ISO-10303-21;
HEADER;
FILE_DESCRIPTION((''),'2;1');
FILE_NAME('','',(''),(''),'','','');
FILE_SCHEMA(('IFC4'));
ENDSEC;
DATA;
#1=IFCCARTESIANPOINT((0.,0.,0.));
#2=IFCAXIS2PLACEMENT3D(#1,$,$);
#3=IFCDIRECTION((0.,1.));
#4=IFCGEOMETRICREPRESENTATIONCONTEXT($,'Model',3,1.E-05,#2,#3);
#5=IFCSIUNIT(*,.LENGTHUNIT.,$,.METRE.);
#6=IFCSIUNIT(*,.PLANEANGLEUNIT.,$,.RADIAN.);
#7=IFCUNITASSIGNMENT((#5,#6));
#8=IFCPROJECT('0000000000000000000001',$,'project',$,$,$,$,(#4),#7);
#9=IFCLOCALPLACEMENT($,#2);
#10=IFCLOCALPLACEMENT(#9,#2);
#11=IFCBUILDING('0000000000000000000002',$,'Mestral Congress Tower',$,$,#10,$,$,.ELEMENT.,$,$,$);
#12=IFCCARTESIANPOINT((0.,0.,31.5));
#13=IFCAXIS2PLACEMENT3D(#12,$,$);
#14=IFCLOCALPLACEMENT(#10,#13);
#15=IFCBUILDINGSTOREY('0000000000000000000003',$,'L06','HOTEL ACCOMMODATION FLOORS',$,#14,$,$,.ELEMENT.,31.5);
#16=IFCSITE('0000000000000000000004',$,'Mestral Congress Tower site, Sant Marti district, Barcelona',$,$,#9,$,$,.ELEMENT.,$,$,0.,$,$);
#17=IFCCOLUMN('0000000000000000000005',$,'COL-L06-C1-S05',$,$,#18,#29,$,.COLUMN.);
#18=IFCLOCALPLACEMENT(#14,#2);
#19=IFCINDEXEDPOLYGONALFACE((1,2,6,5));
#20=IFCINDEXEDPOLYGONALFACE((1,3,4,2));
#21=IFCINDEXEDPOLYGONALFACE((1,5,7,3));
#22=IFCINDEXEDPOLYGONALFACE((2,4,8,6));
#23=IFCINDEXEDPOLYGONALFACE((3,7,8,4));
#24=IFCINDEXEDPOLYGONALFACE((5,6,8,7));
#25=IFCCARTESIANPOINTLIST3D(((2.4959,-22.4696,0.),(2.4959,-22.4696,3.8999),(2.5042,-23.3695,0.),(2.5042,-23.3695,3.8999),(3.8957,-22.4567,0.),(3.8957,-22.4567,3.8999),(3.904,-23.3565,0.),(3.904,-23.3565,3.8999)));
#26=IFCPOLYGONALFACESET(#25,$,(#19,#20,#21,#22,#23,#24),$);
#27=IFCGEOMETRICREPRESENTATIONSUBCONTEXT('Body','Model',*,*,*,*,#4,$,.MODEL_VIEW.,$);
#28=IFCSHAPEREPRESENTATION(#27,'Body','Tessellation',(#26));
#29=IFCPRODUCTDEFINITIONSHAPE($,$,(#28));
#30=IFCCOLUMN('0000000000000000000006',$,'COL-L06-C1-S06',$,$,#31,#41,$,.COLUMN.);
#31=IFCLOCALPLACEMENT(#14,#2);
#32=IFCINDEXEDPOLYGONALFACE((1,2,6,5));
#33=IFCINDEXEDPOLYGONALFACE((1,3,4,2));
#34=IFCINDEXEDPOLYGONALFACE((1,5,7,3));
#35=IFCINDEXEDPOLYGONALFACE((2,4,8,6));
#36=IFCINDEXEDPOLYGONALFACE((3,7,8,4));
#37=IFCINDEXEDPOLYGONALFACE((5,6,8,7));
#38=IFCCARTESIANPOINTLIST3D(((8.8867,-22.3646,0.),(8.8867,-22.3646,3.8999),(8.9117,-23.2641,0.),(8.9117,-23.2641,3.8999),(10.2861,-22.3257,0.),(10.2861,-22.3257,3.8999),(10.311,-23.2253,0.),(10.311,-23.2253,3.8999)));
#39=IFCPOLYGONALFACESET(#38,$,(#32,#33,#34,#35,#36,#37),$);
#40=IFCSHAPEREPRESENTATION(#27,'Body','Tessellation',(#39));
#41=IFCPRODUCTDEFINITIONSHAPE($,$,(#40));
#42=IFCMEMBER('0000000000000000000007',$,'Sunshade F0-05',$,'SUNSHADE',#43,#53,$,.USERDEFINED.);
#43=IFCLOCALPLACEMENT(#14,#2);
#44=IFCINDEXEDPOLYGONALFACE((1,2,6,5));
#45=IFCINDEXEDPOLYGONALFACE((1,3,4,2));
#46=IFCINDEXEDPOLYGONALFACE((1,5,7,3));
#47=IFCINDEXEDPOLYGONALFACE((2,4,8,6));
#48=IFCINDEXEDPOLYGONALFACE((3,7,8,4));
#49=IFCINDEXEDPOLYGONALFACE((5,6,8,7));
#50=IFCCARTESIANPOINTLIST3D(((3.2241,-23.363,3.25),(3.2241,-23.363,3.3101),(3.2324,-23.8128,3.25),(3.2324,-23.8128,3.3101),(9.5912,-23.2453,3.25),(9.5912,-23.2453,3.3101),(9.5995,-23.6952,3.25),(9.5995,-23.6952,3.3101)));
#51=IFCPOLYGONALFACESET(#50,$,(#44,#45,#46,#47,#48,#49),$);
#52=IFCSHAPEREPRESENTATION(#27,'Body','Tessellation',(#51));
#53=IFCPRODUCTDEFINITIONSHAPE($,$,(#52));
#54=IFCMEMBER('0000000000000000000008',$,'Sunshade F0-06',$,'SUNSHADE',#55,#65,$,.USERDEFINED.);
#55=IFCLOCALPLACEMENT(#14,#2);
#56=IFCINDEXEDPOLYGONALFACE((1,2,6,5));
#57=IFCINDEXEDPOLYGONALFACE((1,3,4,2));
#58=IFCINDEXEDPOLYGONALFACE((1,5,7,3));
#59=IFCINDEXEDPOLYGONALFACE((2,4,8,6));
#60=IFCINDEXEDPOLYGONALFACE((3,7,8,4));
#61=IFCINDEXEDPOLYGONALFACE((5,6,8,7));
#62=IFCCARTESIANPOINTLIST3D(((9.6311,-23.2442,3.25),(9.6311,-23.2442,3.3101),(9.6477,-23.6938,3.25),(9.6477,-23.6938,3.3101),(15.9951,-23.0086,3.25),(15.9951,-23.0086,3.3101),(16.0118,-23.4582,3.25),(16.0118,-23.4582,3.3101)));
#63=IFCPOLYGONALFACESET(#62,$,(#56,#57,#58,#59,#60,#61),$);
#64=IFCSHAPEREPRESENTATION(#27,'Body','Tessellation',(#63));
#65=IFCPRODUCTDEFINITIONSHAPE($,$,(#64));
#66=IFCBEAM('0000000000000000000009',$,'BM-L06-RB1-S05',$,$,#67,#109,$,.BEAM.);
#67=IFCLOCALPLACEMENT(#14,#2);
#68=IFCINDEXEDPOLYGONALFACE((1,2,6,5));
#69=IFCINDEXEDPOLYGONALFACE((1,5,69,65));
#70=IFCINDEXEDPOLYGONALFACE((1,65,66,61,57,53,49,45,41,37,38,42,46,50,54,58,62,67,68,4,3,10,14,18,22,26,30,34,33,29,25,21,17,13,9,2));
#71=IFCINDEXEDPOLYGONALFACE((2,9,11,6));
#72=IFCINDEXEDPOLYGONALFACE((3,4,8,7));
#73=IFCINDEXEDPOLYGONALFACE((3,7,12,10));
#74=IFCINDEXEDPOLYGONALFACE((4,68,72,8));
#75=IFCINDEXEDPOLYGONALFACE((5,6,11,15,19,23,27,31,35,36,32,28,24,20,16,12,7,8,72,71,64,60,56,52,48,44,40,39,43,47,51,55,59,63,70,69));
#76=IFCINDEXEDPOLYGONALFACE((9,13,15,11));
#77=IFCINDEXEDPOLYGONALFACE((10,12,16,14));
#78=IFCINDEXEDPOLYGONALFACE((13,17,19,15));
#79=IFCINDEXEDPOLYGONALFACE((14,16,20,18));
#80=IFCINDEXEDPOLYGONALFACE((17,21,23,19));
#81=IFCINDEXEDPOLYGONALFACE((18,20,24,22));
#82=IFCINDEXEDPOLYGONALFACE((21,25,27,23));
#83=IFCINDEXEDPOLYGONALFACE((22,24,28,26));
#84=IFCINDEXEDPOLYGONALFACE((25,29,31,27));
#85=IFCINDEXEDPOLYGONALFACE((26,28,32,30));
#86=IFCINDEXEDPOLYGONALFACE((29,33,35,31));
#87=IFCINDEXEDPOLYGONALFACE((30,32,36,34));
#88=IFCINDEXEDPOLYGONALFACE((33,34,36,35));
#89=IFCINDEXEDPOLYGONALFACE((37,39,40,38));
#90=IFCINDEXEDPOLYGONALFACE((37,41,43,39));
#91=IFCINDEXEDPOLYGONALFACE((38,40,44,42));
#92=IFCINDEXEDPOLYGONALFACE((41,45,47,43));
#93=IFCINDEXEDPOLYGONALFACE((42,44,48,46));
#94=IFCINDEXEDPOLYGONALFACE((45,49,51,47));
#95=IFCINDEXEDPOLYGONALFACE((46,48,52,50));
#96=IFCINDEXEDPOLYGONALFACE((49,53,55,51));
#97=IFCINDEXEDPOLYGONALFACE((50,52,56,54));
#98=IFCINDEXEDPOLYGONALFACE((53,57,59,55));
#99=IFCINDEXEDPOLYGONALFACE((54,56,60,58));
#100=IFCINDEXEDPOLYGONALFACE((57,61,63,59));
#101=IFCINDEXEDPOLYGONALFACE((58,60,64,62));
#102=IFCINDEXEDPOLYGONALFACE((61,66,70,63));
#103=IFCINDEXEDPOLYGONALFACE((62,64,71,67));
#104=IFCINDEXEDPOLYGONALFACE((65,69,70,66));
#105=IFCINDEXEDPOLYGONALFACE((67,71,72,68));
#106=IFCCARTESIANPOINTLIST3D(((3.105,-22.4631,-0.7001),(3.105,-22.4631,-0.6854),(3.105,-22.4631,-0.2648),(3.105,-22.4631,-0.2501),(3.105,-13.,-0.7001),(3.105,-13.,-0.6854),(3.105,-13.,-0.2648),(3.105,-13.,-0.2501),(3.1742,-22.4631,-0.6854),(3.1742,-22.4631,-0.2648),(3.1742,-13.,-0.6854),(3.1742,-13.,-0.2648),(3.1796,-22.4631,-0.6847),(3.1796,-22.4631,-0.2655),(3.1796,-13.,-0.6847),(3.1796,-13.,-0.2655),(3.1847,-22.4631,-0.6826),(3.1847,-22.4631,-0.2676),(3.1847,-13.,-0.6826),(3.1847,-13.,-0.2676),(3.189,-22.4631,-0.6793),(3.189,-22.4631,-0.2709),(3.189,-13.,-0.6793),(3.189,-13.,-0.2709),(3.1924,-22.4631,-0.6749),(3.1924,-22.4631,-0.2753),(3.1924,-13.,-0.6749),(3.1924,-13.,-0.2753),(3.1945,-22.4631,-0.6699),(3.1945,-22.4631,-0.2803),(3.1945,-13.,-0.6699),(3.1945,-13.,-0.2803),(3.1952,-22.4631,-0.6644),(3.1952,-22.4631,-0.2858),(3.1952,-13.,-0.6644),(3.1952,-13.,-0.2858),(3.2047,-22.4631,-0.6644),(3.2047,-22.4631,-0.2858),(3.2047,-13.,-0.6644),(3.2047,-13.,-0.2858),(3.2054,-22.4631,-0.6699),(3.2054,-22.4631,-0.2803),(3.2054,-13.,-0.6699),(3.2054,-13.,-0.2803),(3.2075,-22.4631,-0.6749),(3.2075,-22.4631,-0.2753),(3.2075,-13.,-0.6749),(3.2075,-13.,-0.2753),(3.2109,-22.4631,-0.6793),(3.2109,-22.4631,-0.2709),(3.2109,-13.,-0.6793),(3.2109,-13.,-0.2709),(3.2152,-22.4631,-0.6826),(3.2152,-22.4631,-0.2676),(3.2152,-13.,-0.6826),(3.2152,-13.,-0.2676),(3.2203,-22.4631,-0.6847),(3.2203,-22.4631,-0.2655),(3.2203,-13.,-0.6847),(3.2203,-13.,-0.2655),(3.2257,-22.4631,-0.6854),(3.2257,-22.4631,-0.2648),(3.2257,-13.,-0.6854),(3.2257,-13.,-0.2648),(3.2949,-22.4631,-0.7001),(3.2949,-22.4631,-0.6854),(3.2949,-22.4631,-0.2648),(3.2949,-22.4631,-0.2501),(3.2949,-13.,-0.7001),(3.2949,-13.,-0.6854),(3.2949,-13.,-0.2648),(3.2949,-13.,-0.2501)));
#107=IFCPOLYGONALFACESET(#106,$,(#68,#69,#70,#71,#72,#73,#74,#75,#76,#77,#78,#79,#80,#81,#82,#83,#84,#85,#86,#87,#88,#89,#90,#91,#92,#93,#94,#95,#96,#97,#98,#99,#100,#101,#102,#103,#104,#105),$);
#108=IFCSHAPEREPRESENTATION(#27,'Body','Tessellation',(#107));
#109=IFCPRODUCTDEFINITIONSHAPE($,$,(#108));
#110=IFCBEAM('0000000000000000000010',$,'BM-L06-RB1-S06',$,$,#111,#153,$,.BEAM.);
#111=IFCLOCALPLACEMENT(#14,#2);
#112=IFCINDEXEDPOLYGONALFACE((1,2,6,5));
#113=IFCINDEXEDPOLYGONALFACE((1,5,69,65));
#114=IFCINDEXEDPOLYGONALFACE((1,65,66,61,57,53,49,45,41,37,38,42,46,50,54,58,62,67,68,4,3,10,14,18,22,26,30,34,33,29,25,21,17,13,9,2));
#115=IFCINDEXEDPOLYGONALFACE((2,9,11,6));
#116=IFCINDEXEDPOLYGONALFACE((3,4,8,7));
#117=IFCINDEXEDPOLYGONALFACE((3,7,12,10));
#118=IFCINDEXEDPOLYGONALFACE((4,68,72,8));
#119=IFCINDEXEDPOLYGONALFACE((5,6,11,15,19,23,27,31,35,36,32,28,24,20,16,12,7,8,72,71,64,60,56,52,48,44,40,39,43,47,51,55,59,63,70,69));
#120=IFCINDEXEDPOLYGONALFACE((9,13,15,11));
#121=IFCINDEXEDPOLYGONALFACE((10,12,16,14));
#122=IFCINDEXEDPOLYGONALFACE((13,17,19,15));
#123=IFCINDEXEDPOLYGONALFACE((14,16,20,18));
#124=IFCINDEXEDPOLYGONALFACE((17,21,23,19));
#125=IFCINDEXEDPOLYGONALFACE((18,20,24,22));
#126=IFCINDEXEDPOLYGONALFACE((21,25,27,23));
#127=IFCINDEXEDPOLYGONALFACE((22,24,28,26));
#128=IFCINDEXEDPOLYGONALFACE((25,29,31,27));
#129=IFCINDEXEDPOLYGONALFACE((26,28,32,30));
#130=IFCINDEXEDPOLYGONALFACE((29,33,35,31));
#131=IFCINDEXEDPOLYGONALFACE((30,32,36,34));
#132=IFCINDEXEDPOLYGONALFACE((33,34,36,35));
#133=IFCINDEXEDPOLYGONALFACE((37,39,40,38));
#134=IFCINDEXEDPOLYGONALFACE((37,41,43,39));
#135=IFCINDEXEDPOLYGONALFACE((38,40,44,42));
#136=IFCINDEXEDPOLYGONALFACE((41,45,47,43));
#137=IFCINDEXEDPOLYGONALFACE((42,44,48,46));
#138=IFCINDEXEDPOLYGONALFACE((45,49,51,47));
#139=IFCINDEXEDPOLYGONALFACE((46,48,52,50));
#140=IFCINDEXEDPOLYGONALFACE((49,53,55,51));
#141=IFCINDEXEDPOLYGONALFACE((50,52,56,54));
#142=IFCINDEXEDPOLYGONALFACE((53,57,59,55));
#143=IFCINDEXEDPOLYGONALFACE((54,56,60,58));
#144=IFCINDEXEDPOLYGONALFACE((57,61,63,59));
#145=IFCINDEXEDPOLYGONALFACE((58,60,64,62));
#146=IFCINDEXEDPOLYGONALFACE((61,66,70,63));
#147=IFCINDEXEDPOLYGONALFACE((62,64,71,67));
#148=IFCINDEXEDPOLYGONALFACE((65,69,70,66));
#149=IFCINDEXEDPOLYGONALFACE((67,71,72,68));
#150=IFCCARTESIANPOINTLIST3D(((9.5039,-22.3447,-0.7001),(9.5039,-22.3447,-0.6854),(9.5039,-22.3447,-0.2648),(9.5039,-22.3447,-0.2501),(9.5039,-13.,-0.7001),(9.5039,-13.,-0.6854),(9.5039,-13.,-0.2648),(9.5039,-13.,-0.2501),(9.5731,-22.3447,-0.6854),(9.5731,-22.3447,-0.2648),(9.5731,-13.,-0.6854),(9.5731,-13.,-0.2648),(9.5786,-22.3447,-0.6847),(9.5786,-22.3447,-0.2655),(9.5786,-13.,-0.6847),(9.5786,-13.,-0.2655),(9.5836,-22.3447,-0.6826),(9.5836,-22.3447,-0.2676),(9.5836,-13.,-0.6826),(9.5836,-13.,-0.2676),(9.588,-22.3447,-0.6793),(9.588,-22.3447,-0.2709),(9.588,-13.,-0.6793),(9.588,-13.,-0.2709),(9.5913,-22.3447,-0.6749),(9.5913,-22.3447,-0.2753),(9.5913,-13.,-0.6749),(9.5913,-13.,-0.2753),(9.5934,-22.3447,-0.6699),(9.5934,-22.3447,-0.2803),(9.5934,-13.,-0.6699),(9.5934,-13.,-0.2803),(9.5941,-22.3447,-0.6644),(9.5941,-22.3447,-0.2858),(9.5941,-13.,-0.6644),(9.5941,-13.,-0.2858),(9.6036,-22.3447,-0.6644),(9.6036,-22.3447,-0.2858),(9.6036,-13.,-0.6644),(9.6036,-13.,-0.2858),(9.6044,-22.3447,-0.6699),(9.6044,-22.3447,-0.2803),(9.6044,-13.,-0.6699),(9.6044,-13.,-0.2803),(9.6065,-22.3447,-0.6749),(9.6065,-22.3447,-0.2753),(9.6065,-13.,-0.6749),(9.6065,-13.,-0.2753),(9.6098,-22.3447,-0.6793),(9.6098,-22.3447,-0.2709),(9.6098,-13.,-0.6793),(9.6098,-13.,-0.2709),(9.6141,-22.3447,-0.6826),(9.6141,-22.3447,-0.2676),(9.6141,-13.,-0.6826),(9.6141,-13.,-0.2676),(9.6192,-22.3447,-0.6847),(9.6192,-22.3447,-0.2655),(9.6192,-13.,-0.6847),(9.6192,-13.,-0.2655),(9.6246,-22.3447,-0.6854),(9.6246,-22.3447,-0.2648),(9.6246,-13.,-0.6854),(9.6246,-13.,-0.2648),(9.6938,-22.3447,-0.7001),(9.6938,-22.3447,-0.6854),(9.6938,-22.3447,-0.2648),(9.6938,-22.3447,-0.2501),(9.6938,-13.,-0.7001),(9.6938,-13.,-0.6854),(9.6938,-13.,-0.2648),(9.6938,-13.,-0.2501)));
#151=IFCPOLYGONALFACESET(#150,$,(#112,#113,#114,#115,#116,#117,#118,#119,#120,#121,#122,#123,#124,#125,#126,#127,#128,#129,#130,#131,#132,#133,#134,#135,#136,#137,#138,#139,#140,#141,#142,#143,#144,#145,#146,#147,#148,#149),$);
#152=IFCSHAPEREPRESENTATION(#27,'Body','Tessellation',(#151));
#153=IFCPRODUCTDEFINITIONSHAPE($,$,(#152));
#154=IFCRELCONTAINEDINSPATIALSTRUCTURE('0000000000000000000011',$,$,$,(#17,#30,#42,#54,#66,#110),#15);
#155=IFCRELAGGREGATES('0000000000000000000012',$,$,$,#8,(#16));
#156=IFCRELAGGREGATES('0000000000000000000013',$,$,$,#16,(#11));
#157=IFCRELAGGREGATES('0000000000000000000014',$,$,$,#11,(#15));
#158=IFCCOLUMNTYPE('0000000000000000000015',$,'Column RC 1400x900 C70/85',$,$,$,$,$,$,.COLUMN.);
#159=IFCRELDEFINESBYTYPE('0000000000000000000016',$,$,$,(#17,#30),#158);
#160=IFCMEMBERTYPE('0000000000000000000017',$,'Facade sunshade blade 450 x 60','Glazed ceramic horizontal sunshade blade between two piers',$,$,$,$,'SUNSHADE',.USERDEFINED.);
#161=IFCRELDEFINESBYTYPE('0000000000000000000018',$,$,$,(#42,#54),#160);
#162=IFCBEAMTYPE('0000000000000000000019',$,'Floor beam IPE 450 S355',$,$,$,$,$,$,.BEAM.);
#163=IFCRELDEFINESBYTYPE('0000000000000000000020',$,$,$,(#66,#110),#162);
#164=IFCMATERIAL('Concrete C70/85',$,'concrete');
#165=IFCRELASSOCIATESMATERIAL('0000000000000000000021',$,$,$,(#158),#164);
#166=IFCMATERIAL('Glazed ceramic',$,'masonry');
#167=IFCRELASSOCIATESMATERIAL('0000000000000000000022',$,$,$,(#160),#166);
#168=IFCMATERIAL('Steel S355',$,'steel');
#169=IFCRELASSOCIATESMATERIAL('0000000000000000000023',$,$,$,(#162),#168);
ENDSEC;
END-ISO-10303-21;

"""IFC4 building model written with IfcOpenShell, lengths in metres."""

from ifc_helpers import new_model, si_unit, direction, frame, origin, origin_2d, place, context, subcontext, project, spatial, rectangle, i_section, extrude, material, material_profile, profile_set, type_object, element, save


model = new_model("IFC4")

# Units and contexts
model_context = context("Model", 3, precision=1e-05, world=origin(), true_north=direction((0.0, 1.0)))
body_context = subcontext(model_context, "Body", "Model", "MODEL_VIEW")
ifc_project = project(units=[si_unit("LENGTHUNIT", "METRE"), si_unit("PLANEANGLEUNIT", "RADIAN")], contexts=[model_context])

# Site, building, storey
site_placement = place(None, origin())
site = spatial("IfcSite", under=ifc_project, at=site_placement, Name="Mestral Congress Tower site, Sant Marti district, Barcelona", CompositionType="ELEMENT", RefElevation=0.0)
building_placement = place(site_placement, origin())
building = spatial("IfcBuilding", under=site, at=building_placement, Name="Mestral Congress Tower", CompositionType="ELEMENT")
storey_placement = place(building_placement, frame((0.0, 0.0, 31.5)))
storey = spatial("IfcBuildingStorey", under=building, at=storey_placement, Name="L06", Description="HOTEL ACCOMMODATION FLOORS", CompositionType="ELEMENT", Elevation=31.5)

# Columns
ifc_material_1 = material(Name="Concrete C70/85", Category="concrete")
ifc_material_profile_1 = material_profile(ifc_material_1, rectangle(XDim=1.3999, YDim=0.8999, at=origin_2d()), Name="RC 1400x900")
ifc_profile_set_1 = profile_set([ifc_material_profile_1], Name="Concrete C70/85")
column_type = type_object("IfcColumnType", Name="Column RC 1400x900 C70/85", PredefinedType="COLUMN", material=ifc_profile_set_1)
for number, where, z_axis, x_axis, name in (
    (1, (3.2, -22.9131, 0.0), (0.0, 0.0, 1.0), (0.999957, 0.009243, 0.0), "COL-L06-C1-S05"),
    (2, (9.5989, -22.7949, 0.0), (0.0, 0.0, 1.0), (0.999616, 0.027726, 0.0), "COL-L06-C1-S06"),
):
    element("IfcColumn", number, at=place(storey_placement, frame(where, z_axis=z_axis, x_axis=x_axis)), inside=storey, type_object=column_type, Name=name, PredefinedType="COLUMN", context=body_context, shape_type="SweptSolid", body=[
        extrude(rectangle(XDim=1.3999, YDim=0.8999, at=origin_2d()), origin(), (0.0, 0.0, 1.0), 3.8999),
    ])

# Members
ifc_material_2 = material(Name="Glazed ceramic", Category="masonry")
ifc_material_profile_2 = material_profile(ifc_material_2, rectangle(XDim=0.45, YDim=0.0601, at=origin_2d()), Name="Ceramic blade 450 x 60")
ifc_profile_set_2 = profile_set([ifc_material_profile_2], Name="Glazed ceramic")
member_type = type_object("IfcMemberType", Name="Facade sunshade blade 450 x 60", Description="Glazed ceramic horizontal sunshade blade between two piers", ElementType="SUNSHADE", PredefinedType="USERDEFINED", material=ifc_profile_set_2)
member_1_placement = place(storey_placement, frame((3.2283, -23.5879, 3.28), z_axis=(0.999829, 0.018478, 0.0), x_axis=(-0.018478, 0.999829, 0.0)))
element("IfcMember", 3, at=member_1_placement, inside=storey, type_object=member_type, Name="Sunshade F0-05", ObjectType="SUNSHADE", PredefinedType="USERDEFINED", context=body_context, shape_type="SweptSolid", body=[
    extrude(rectangle(XDim=0.45, YDim=0.0601, at=origin_2d()), origin(), (0.0, 0.0, 1.0), 6.3682),
])
member_2_placement = place(storey_placement, frame((9.6394, -23.469, 3.28), z_axis=(0.999315, 0.036995, 0.0), x_axis=(-0.036995, 0.999315, 0.0)))
element("IfcMember", 4, at=member_2_placement, inside=storey, type_object=member_type, Name="Sunshade F0-06", ObjectType="SUNSHADE", PredefinedType="USERDEFINED", context=body_context, shape_type="SweptSolid", body=[
    extrude(rectangle(XDim=0.45, YDim=0.0601, at=origin_2d()), origin(), (0.0, 0.0, 1.0), 6.3684),
])

# Beams
ifc_material_3 = material(Name="Steel S355", Category="steel")
ifc_material_profile_3 = material_profile(ifc_material_3, i_section(OverallWidth=0.1899, OverallDepth=0.45, WebThickness=0.0095, FlangeThickness=0.0146, FilletRadius=0.021, at=origin_2d()), Name="IPE 450")
ifc_profile_set_3 = profile_set([ifc_material_profile_3], Name="Steel S355")
beam_type_1 = type_object("IfcBeamType", Name="Floor beam IPE 450 S355", PredefinedType="BEAM", material=ifc_profile_set_3)
beam_1_placement = place(storey_placement, frame((3.2, -22.4631, -0.4751), z_axis=(0.0, 1.0, 0.0), x_axis=(-1.0, 0.0, 0.0)))
element("IfcBeam", 5, at=beam_1_placement, inside=storey, type_object=beam_type_1, Name="BM-L06-RB1-S05", PredefinedType="BEAM", context=body_context, shape_type="SweptSolid", body=[
    extrude(i_section(OverallWidth=0.1899, OverallDepth=0.45, WebThickness=0.0095, FlangeThickness=0.0146, FilletRadius=0.021, at=origin_2d()), origin(), (0.0, 0.0, 1.0), 9.4631),
])
beam_2_placement = place(storey_placement, frame((9.5989, -22.3447, -0.4751), z_axis=(0.0, 1.0, 0.0), x_axis=(-1.0, 0.0, 0.0)))
element("IfcBeam", 6, at=beam_2_placement, inside=storey, type_object=beam_type_1, Name="BM-L06-RB1-S06", PredefinedType="BEAM", context=body_context, shape_type="SweptSolid", body=[
    extrude(i_section(OverallWidth=0.1899, OverallDepth=0.45, WebThickness=0.0095, FlangeThickness=0.0146, FilletRadius=0.021, at=origin_2d()), origin(), (0.0, 0.0, 1.0), 9.3447),
])

save(model, "model.ifc")
